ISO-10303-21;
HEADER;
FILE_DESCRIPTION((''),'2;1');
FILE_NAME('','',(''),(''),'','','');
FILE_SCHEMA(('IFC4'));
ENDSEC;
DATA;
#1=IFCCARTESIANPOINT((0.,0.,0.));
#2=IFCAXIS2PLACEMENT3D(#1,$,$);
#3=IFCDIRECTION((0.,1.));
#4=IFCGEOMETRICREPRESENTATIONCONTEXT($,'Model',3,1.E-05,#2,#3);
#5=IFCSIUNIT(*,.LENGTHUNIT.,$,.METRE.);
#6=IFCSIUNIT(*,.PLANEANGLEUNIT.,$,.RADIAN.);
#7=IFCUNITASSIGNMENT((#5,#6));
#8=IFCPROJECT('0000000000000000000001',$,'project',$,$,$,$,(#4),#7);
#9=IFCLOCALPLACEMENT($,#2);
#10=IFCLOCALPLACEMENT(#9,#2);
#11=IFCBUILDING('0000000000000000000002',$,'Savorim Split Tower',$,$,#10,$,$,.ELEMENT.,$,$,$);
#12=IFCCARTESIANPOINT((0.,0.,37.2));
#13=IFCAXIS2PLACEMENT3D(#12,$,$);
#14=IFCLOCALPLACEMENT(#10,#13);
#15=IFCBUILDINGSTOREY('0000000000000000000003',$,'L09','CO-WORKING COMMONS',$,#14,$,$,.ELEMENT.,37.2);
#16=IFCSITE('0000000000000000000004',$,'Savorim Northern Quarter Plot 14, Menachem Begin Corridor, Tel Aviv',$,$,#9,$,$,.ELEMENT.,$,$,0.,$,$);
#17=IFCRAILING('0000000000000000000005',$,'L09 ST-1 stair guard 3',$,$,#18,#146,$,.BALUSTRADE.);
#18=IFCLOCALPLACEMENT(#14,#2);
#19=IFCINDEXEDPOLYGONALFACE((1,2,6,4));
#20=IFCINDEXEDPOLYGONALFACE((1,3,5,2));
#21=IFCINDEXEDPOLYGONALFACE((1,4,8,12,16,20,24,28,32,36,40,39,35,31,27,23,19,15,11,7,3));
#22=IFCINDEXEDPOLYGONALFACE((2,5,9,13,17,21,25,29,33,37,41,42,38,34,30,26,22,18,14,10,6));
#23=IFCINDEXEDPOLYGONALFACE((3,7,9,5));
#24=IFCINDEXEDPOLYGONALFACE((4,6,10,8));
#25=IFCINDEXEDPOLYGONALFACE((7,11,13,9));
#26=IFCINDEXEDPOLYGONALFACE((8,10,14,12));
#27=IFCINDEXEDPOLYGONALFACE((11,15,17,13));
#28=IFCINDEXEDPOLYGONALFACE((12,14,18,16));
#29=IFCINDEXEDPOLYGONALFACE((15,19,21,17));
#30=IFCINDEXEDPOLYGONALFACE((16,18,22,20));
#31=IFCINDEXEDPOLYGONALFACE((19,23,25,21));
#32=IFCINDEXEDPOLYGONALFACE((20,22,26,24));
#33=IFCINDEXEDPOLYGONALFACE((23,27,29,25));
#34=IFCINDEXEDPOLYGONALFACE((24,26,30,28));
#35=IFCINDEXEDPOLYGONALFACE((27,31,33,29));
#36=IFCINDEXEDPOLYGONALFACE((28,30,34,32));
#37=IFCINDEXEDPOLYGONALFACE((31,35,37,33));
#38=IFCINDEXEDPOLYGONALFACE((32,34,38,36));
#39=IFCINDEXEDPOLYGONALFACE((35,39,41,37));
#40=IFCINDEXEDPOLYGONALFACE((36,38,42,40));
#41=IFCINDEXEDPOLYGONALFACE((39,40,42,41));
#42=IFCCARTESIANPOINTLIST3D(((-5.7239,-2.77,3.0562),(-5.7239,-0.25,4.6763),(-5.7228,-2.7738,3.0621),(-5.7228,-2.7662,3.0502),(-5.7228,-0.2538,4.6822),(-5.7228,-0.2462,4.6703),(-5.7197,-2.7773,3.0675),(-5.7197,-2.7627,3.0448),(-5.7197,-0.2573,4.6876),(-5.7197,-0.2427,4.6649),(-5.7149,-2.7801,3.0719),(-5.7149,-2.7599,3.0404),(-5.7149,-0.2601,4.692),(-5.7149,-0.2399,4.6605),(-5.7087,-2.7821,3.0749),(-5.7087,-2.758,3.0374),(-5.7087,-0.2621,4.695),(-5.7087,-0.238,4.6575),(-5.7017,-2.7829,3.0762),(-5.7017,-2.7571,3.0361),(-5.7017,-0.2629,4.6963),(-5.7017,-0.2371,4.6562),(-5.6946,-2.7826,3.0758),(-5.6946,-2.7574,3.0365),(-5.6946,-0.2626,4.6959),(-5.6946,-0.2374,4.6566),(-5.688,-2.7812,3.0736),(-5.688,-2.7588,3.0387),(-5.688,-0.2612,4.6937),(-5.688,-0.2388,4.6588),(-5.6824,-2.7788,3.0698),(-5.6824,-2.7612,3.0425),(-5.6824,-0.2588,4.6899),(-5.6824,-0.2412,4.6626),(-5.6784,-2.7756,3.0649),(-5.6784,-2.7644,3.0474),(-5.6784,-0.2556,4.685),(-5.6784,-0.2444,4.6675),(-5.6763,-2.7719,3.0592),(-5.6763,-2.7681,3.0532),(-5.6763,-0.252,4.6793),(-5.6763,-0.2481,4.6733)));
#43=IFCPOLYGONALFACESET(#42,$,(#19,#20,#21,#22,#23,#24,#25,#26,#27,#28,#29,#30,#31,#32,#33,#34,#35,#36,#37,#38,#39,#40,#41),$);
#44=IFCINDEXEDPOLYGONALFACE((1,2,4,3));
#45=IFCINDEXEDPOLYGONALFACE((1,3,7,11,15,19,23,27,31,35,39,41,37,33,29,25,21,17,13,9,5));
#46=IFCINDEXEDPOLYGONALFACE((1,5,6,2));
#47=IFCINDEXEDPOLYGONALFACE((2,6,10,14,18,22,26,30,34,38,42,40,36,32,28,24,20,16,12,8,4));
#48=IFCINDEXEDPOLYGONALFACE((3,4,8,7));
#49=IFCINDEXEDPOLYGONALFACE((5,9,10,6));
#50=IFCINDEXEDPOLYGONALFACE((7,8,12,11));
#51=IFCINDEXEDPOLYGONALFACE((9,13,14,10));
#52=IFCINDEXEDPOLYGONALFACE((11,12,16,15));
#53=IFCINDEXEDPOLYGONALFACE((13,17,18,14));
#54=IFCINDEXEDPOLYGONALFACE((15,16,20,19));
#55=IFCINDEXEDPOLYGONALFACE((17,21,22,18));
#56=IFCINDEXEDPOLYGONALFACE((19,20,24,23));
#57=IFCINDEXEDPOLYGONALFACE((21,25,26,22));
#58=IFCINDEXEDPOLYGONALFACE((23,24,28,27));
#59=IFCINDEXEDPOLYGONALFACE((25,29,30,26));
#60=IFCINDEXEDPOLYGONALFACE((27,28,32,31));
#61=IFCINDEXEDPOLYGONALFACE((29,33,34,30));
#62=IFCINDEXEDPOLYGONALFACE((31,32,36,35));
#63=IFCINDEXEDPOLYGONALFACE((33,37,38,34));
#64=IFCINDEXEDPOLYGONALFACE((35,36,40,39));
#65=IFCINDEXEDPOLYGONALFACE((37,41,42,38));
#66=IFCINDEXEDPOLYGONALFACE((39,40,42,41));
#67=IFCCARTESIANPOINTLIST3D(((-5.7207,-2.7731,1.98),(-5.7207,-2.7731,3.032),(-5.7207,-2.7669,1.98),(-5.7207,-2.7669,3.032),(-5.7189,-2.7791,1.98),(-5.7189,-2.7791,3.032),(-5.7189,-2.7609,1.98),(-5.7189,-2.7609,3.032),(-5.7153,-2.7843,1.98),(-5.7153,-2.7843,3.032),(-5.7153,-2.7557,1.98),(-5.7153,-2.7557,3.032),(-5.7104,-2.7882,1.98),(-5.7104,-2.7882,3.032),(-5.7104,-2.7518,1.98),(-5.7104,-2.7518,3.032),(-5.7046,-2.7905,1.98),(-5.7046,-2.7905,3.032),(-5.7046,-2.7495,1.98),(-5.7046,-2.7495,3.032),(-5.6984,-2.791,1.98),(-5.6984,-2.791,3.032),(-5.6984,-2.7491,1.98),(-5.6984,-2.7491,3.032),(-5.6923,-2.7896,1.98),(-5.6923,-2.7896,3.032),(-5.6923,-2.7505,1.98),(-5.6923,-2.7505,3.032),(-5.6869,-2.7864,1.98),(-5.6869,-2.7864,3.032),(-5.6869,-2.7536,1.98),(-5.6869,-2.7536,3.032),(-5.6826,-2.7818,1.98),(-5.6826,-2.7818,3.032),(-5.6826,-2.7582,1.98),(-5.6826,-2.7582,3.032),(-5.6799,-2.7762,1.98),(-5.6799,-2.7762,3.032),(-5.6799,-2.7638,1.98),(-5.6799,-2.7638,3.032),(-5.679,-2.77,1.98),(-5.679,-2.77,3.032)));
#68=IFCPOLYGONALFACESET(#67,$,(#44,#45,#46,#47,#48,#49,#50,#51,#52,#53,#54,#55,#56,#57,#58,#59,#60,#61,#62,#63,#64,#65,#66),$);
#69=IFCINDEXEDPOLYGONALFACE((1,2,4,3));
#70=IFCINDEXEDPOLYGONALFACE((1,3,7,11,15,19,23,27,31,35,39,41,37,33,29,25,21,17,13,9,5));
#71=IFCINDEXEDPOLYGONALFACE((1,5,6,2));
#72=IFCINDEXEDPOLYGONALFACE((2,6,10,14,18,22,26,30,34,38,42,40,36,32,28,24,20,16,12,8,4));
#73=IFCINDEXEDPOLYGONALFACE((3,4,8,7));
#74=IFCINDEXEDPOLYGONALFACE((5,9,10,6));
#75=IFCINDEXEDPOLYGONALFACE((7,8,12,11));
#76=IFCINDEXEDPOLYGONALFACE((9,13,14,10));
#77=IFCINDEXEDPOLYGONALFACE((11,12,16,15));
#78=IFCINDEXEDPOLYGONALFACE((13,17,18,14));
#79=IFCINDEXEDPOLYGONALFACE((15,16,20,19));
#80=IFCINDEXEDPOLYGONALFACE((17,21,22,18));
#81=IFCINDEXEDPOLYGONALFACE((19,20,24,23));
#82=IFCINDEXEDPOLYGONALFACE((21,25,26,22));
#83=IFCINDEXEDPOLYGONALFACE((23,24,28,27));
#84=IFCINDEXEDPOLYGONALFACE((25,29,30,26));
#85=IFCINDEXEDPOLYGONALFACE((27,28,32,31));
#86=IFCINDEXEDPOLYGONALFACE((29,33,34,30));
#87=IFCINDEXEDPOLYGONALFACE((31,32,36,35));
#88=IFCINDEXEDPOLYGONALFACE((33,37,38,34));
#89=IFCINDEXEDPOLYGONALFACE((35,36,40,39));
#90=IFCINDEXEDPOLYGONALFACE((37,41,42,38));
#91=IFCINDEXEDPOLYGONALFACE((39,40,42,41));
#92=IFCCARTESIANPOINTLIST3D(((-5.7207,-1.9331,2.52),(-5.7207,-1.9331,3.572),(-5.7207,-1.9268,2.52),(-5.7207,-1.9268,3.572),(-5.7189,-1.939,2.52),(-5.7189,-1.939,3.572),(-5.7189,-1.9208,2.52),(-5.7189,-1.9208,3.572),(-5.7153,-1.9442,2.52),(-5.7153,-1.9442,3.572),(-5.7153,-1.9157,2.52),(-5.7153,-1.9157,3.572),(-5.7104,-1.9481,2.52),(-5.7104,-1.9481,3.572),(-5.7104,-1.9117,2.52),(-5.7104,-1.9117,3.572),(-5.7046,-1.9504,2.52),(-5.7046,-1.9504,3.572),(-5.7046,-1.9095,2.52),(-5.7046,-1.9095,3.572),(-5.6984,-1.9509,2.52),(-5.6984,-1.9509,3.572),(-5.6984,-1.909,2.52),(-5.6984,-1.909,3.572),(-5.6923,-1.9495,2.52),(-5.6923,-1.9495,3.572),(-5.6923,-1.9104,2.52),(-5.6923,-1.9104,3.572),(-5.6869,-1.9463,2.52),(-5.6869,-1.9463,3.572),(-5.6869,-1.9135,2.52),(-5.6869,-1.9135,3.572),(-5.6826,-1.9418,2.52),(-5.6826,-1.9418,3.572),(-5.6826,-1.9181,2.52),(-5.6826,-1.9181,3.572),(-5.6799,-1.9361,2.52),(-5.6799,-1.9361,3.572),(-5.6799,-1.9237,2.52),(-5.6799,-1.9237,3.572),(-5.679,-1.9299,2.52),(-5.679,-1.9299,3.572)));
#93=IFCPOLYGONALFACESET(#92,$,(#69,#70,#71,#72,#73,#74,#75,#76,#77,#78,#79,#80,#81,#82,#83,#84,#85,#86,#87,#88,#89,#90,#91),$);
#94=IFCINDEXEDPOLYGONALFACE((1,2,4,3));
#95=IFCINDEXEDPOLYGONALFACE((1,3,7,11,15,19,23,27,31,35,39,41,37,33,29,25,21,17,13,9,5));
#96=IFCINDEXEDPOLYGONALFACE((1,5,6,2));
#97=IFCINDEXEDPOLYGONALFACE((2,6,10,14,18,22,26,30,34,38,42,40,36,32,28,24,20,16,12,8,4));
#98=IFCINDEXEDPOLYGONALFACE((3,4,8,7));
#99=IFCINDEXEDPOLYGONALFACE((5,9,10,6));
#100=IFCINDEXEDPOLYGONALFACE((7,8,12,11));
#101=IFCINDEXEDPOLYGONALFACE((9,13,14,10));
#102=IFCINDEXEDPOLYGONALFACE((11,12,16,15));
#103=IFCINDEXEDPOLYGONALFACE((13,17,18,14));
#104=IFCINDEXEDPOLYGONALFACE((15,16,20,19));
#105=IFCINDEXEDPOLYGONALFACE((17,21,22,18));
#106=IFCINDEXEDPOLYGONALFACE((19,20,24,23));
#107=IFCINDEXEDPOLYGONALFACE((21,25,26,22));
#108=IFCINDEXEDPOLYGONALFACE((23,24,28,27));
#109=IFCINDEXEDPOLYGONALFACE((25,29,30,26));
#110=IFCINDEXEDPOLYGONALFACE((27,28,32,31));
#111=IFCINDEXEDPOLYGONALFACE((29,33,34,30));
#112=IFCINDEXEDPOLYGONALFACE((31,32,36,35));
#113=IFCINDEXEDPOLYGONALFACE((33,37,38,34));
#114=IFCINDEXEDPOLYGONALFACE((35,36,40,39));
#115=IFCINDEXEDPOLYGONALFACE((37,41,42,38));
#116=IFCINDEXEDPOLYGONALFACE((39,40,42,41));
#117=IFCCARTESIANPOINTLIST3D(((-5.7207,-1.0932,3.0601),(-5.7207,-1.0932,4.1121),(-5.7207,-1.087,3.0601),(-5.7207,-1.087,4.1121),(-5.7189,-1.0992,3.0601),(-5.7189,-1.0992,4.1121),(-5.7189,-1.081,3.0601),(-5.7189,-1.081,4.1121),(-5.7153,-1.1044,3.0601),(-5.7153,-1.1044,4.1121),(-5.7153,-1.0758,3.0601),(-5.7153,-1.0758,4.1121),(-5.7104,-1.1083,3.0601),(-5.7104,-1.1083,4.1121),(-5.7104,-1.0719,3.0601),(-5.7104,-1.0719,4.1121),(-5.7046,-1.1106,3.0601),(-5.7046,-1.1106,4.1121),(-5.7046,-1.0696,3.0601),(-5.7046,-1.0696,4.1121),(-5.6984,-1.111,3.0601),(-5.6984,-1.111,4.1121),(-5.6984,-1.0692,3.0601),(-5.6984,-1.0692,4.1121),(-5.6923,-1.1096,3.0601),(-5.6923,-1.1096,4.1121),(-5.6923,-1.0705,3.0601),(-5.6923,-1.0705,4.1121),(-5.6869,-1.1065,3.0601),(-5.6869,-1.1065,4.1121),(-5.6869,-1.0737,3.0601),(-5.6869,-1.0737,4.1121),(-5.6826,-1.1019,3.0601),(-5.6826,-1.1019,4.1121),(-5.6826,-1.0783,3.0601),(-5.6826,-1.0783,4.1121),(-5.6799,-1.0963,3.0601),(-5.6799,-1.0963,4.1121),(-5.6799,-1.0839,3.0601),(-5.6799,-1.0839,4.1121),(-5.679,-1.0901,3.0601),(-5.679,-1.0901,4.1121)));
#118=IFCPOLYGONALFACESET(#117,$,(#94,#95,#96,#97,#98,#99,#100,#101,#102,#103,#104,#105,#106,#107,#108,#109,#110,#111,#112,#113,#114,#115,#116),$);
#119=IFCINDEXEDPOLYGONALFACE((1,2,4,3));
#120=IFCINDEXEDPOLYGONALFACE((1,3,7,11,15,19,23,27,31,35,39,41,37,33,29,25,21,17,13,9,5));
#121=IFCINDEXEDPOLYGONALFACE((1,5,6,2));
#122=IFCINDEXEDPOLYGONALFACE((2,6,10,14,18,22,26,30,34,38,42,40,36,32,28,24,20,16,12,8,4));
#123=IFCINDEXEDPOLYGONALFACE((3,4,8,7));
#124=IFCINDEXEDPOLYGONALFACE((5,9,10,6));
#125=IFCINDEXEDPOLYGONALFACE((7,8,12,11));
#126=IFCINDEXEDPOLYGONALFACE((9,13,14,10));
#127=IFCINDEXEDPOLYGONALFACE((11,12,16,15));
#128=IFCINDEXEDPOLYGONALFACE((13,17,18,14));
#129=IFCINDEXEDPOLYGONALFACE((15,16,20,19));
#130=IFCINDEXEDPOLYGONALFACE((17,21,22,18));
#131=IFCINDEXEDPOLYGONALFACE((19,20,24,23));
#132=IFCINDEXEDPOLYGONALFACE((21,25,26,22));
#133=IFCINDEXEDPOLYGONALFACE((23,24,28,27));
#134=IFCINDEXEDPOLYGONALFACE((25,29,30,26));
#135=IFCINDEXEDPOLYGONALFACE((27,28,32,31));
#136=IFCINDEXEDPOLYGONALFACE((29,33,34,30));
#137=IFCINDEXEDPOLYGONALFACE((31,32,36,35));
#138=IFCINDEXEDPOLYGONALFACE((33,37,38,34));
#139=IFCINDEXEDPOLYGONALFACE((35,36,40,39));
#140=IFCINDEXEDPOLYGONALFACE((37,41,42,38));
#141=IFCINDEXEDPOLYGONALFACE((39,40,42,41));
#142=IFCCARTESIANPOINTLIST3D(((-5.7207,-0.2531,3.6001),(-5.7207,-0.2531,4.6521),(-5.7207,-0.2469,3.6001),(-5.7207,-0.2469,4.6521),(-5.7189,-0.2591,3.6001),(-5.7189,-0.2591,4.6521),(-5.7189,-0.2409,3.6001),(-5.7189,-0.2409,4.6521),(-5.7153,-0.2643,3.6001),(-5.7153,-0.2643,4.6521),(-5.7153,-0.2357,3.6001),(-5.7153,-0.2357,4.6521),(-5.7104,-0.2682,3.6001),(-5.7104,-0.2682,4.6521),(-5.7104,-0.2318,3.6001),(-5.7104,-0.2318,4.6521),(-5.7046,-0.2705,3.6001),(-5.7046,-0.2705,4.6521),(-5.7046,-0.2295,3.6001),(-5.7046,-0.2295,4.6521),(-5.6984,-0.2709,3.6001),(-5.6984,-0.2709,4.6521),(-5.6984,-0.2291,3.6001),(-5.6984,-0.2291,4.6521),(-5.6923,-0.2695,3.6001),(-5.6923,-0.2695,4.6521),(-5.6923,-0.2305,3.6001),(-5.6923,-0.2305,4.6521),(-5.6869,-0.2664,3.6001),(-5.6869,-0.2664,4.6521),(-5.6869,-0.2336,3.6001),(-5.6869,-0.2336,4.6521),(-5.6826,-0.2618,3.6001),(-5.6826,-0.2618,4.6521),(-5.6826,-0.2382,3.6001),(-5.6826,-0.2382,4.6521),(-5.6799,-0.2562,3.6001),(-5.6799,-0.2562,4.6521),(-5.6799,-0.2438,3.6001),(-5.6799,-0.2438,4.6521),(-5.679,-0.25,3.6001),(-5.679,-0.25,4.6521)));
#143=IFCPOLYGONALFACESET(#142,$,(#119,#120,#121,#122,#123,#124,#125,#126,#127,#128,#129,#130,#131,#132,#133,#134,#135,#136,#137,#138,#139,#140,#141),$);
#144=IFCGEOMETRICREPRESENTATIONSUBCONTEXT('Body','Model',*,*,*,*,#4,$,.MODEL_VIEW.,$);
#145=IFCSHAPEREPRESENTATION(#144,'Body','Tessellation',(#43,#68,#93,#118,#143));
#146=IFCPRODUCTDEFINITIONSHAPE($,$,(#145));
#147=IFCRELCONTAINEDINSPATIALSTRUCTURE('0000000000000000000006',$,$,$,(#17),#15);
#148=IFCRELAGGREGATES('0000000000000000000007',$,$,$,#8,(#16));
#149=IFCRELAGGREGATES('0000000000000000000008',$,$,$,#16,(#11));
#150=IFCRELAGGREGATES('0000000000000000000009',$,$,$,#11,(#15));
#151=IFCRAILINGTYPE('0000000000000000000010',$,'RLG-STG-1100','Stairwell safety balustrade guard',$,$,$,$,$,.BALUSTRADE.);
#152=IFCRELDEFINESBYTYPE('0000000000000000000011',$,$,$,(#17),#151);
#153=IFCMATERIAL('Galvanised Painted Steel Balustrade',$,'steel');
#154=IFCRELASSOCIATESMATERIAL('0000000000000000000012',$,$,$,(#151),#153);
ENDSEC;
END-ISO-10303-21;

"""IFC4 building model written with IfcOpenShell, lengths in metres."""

from ifc_helpers import new_model, si_unit, direction, frame, origin, origin_2d, place, context, subcontext, project, spatial, circle, extrude, material, type_object, element, save


model = new_model("IFC4")

# Units and contexts
model_context = context("Model", 3, precision=1e-05, world=origin(), true_north=direction((0.0, 1.0)))
body_context = subcontext(model_context, "Body", "Model", "MODEL_VIEW")
ifc_project = project(units=[si_unit("LENGTHUNIT", "METRE"), si_unit("PLANEANGLEUNIT", "RADIAN")], contexts=[model_context])

# Site, building, storey
site_placement = place(None, origin())
site = spatial("IfcSite", under=ifc_project, at=site_placement, Name="Savorim Northern Quarter Plot 14, Menachem Begin Corridor, Tel Aviv", CompositionType="ELEMENT", RefElevation=0.0)
building_placement = place(site_placement, origin())
building = spatial("IfcBuilding", under=site, at=building_placement, Name="Savorim Split Tower", CompositionType="ELEMENT")
storey_placement = place(building_placement, frame((0.0, 0.0, 37.2)))
storey = spatial("IfcBuildingStorey", under=building, at=storey_placement, Name="L09", Description="CO-WORKING COMMONS", CompositionType="ELEMENT", Elevation=37.2)

# Railing
ifc_material_1 = material(Name="Galvanised Painted Steel Balustrade", Category="steel")
railing_type_1 = type_object("IfcRailingType", Name="RLG-STG-1100", Description="Stairwell safety balustrade guard", PredefinedType="BALUSTRADE", material=ifc_material_1)
railing_1_placement = place(storey_placement, frame((-5.7, -2.77, 1.98)))
element("IfcRailing", 1, at=railing_1_placement, inside=storey, type_object=railing_type_1, Name="L09 ST-1 stair guard 3", PredefinedType="BALUSTRADE", context=body_context, shape_type="SweptSolid", body=[
    extrude(circle(Radius=0.0239, at=origin_2d()), frame((0.0, 0.0, 1.0762), z_axis=(0.0, 0.841163, 0.540782), x_axis=(-1.0, 0.0, 0.0)), (0.0, 0.0, 1.0), 2.9958),
    extrude(circle(Radius=0.021, at=origin_2d()), origin(), (0.0, 0.0, 1.0), 1.052),
    extrude(circle(Radius=0.021, at=origin_2d()), frame((0.0, 0.8401, 0.54)), (0.0, 0.0, 1.0), 1.052),
    extrude(circle(Radius=0.021, at=origin_2d()), frame((0.0, 1.6799, 1.0801)), (0.0, 0.0, 1.0), 1.052),
    extrude(circle(Radius=0.021, at=origin_2d()), frame((0.0, 2.52, 1.6201)), (0.0, 0.0, 1.0), 1.052),
])

save(model, "model.ifc")
